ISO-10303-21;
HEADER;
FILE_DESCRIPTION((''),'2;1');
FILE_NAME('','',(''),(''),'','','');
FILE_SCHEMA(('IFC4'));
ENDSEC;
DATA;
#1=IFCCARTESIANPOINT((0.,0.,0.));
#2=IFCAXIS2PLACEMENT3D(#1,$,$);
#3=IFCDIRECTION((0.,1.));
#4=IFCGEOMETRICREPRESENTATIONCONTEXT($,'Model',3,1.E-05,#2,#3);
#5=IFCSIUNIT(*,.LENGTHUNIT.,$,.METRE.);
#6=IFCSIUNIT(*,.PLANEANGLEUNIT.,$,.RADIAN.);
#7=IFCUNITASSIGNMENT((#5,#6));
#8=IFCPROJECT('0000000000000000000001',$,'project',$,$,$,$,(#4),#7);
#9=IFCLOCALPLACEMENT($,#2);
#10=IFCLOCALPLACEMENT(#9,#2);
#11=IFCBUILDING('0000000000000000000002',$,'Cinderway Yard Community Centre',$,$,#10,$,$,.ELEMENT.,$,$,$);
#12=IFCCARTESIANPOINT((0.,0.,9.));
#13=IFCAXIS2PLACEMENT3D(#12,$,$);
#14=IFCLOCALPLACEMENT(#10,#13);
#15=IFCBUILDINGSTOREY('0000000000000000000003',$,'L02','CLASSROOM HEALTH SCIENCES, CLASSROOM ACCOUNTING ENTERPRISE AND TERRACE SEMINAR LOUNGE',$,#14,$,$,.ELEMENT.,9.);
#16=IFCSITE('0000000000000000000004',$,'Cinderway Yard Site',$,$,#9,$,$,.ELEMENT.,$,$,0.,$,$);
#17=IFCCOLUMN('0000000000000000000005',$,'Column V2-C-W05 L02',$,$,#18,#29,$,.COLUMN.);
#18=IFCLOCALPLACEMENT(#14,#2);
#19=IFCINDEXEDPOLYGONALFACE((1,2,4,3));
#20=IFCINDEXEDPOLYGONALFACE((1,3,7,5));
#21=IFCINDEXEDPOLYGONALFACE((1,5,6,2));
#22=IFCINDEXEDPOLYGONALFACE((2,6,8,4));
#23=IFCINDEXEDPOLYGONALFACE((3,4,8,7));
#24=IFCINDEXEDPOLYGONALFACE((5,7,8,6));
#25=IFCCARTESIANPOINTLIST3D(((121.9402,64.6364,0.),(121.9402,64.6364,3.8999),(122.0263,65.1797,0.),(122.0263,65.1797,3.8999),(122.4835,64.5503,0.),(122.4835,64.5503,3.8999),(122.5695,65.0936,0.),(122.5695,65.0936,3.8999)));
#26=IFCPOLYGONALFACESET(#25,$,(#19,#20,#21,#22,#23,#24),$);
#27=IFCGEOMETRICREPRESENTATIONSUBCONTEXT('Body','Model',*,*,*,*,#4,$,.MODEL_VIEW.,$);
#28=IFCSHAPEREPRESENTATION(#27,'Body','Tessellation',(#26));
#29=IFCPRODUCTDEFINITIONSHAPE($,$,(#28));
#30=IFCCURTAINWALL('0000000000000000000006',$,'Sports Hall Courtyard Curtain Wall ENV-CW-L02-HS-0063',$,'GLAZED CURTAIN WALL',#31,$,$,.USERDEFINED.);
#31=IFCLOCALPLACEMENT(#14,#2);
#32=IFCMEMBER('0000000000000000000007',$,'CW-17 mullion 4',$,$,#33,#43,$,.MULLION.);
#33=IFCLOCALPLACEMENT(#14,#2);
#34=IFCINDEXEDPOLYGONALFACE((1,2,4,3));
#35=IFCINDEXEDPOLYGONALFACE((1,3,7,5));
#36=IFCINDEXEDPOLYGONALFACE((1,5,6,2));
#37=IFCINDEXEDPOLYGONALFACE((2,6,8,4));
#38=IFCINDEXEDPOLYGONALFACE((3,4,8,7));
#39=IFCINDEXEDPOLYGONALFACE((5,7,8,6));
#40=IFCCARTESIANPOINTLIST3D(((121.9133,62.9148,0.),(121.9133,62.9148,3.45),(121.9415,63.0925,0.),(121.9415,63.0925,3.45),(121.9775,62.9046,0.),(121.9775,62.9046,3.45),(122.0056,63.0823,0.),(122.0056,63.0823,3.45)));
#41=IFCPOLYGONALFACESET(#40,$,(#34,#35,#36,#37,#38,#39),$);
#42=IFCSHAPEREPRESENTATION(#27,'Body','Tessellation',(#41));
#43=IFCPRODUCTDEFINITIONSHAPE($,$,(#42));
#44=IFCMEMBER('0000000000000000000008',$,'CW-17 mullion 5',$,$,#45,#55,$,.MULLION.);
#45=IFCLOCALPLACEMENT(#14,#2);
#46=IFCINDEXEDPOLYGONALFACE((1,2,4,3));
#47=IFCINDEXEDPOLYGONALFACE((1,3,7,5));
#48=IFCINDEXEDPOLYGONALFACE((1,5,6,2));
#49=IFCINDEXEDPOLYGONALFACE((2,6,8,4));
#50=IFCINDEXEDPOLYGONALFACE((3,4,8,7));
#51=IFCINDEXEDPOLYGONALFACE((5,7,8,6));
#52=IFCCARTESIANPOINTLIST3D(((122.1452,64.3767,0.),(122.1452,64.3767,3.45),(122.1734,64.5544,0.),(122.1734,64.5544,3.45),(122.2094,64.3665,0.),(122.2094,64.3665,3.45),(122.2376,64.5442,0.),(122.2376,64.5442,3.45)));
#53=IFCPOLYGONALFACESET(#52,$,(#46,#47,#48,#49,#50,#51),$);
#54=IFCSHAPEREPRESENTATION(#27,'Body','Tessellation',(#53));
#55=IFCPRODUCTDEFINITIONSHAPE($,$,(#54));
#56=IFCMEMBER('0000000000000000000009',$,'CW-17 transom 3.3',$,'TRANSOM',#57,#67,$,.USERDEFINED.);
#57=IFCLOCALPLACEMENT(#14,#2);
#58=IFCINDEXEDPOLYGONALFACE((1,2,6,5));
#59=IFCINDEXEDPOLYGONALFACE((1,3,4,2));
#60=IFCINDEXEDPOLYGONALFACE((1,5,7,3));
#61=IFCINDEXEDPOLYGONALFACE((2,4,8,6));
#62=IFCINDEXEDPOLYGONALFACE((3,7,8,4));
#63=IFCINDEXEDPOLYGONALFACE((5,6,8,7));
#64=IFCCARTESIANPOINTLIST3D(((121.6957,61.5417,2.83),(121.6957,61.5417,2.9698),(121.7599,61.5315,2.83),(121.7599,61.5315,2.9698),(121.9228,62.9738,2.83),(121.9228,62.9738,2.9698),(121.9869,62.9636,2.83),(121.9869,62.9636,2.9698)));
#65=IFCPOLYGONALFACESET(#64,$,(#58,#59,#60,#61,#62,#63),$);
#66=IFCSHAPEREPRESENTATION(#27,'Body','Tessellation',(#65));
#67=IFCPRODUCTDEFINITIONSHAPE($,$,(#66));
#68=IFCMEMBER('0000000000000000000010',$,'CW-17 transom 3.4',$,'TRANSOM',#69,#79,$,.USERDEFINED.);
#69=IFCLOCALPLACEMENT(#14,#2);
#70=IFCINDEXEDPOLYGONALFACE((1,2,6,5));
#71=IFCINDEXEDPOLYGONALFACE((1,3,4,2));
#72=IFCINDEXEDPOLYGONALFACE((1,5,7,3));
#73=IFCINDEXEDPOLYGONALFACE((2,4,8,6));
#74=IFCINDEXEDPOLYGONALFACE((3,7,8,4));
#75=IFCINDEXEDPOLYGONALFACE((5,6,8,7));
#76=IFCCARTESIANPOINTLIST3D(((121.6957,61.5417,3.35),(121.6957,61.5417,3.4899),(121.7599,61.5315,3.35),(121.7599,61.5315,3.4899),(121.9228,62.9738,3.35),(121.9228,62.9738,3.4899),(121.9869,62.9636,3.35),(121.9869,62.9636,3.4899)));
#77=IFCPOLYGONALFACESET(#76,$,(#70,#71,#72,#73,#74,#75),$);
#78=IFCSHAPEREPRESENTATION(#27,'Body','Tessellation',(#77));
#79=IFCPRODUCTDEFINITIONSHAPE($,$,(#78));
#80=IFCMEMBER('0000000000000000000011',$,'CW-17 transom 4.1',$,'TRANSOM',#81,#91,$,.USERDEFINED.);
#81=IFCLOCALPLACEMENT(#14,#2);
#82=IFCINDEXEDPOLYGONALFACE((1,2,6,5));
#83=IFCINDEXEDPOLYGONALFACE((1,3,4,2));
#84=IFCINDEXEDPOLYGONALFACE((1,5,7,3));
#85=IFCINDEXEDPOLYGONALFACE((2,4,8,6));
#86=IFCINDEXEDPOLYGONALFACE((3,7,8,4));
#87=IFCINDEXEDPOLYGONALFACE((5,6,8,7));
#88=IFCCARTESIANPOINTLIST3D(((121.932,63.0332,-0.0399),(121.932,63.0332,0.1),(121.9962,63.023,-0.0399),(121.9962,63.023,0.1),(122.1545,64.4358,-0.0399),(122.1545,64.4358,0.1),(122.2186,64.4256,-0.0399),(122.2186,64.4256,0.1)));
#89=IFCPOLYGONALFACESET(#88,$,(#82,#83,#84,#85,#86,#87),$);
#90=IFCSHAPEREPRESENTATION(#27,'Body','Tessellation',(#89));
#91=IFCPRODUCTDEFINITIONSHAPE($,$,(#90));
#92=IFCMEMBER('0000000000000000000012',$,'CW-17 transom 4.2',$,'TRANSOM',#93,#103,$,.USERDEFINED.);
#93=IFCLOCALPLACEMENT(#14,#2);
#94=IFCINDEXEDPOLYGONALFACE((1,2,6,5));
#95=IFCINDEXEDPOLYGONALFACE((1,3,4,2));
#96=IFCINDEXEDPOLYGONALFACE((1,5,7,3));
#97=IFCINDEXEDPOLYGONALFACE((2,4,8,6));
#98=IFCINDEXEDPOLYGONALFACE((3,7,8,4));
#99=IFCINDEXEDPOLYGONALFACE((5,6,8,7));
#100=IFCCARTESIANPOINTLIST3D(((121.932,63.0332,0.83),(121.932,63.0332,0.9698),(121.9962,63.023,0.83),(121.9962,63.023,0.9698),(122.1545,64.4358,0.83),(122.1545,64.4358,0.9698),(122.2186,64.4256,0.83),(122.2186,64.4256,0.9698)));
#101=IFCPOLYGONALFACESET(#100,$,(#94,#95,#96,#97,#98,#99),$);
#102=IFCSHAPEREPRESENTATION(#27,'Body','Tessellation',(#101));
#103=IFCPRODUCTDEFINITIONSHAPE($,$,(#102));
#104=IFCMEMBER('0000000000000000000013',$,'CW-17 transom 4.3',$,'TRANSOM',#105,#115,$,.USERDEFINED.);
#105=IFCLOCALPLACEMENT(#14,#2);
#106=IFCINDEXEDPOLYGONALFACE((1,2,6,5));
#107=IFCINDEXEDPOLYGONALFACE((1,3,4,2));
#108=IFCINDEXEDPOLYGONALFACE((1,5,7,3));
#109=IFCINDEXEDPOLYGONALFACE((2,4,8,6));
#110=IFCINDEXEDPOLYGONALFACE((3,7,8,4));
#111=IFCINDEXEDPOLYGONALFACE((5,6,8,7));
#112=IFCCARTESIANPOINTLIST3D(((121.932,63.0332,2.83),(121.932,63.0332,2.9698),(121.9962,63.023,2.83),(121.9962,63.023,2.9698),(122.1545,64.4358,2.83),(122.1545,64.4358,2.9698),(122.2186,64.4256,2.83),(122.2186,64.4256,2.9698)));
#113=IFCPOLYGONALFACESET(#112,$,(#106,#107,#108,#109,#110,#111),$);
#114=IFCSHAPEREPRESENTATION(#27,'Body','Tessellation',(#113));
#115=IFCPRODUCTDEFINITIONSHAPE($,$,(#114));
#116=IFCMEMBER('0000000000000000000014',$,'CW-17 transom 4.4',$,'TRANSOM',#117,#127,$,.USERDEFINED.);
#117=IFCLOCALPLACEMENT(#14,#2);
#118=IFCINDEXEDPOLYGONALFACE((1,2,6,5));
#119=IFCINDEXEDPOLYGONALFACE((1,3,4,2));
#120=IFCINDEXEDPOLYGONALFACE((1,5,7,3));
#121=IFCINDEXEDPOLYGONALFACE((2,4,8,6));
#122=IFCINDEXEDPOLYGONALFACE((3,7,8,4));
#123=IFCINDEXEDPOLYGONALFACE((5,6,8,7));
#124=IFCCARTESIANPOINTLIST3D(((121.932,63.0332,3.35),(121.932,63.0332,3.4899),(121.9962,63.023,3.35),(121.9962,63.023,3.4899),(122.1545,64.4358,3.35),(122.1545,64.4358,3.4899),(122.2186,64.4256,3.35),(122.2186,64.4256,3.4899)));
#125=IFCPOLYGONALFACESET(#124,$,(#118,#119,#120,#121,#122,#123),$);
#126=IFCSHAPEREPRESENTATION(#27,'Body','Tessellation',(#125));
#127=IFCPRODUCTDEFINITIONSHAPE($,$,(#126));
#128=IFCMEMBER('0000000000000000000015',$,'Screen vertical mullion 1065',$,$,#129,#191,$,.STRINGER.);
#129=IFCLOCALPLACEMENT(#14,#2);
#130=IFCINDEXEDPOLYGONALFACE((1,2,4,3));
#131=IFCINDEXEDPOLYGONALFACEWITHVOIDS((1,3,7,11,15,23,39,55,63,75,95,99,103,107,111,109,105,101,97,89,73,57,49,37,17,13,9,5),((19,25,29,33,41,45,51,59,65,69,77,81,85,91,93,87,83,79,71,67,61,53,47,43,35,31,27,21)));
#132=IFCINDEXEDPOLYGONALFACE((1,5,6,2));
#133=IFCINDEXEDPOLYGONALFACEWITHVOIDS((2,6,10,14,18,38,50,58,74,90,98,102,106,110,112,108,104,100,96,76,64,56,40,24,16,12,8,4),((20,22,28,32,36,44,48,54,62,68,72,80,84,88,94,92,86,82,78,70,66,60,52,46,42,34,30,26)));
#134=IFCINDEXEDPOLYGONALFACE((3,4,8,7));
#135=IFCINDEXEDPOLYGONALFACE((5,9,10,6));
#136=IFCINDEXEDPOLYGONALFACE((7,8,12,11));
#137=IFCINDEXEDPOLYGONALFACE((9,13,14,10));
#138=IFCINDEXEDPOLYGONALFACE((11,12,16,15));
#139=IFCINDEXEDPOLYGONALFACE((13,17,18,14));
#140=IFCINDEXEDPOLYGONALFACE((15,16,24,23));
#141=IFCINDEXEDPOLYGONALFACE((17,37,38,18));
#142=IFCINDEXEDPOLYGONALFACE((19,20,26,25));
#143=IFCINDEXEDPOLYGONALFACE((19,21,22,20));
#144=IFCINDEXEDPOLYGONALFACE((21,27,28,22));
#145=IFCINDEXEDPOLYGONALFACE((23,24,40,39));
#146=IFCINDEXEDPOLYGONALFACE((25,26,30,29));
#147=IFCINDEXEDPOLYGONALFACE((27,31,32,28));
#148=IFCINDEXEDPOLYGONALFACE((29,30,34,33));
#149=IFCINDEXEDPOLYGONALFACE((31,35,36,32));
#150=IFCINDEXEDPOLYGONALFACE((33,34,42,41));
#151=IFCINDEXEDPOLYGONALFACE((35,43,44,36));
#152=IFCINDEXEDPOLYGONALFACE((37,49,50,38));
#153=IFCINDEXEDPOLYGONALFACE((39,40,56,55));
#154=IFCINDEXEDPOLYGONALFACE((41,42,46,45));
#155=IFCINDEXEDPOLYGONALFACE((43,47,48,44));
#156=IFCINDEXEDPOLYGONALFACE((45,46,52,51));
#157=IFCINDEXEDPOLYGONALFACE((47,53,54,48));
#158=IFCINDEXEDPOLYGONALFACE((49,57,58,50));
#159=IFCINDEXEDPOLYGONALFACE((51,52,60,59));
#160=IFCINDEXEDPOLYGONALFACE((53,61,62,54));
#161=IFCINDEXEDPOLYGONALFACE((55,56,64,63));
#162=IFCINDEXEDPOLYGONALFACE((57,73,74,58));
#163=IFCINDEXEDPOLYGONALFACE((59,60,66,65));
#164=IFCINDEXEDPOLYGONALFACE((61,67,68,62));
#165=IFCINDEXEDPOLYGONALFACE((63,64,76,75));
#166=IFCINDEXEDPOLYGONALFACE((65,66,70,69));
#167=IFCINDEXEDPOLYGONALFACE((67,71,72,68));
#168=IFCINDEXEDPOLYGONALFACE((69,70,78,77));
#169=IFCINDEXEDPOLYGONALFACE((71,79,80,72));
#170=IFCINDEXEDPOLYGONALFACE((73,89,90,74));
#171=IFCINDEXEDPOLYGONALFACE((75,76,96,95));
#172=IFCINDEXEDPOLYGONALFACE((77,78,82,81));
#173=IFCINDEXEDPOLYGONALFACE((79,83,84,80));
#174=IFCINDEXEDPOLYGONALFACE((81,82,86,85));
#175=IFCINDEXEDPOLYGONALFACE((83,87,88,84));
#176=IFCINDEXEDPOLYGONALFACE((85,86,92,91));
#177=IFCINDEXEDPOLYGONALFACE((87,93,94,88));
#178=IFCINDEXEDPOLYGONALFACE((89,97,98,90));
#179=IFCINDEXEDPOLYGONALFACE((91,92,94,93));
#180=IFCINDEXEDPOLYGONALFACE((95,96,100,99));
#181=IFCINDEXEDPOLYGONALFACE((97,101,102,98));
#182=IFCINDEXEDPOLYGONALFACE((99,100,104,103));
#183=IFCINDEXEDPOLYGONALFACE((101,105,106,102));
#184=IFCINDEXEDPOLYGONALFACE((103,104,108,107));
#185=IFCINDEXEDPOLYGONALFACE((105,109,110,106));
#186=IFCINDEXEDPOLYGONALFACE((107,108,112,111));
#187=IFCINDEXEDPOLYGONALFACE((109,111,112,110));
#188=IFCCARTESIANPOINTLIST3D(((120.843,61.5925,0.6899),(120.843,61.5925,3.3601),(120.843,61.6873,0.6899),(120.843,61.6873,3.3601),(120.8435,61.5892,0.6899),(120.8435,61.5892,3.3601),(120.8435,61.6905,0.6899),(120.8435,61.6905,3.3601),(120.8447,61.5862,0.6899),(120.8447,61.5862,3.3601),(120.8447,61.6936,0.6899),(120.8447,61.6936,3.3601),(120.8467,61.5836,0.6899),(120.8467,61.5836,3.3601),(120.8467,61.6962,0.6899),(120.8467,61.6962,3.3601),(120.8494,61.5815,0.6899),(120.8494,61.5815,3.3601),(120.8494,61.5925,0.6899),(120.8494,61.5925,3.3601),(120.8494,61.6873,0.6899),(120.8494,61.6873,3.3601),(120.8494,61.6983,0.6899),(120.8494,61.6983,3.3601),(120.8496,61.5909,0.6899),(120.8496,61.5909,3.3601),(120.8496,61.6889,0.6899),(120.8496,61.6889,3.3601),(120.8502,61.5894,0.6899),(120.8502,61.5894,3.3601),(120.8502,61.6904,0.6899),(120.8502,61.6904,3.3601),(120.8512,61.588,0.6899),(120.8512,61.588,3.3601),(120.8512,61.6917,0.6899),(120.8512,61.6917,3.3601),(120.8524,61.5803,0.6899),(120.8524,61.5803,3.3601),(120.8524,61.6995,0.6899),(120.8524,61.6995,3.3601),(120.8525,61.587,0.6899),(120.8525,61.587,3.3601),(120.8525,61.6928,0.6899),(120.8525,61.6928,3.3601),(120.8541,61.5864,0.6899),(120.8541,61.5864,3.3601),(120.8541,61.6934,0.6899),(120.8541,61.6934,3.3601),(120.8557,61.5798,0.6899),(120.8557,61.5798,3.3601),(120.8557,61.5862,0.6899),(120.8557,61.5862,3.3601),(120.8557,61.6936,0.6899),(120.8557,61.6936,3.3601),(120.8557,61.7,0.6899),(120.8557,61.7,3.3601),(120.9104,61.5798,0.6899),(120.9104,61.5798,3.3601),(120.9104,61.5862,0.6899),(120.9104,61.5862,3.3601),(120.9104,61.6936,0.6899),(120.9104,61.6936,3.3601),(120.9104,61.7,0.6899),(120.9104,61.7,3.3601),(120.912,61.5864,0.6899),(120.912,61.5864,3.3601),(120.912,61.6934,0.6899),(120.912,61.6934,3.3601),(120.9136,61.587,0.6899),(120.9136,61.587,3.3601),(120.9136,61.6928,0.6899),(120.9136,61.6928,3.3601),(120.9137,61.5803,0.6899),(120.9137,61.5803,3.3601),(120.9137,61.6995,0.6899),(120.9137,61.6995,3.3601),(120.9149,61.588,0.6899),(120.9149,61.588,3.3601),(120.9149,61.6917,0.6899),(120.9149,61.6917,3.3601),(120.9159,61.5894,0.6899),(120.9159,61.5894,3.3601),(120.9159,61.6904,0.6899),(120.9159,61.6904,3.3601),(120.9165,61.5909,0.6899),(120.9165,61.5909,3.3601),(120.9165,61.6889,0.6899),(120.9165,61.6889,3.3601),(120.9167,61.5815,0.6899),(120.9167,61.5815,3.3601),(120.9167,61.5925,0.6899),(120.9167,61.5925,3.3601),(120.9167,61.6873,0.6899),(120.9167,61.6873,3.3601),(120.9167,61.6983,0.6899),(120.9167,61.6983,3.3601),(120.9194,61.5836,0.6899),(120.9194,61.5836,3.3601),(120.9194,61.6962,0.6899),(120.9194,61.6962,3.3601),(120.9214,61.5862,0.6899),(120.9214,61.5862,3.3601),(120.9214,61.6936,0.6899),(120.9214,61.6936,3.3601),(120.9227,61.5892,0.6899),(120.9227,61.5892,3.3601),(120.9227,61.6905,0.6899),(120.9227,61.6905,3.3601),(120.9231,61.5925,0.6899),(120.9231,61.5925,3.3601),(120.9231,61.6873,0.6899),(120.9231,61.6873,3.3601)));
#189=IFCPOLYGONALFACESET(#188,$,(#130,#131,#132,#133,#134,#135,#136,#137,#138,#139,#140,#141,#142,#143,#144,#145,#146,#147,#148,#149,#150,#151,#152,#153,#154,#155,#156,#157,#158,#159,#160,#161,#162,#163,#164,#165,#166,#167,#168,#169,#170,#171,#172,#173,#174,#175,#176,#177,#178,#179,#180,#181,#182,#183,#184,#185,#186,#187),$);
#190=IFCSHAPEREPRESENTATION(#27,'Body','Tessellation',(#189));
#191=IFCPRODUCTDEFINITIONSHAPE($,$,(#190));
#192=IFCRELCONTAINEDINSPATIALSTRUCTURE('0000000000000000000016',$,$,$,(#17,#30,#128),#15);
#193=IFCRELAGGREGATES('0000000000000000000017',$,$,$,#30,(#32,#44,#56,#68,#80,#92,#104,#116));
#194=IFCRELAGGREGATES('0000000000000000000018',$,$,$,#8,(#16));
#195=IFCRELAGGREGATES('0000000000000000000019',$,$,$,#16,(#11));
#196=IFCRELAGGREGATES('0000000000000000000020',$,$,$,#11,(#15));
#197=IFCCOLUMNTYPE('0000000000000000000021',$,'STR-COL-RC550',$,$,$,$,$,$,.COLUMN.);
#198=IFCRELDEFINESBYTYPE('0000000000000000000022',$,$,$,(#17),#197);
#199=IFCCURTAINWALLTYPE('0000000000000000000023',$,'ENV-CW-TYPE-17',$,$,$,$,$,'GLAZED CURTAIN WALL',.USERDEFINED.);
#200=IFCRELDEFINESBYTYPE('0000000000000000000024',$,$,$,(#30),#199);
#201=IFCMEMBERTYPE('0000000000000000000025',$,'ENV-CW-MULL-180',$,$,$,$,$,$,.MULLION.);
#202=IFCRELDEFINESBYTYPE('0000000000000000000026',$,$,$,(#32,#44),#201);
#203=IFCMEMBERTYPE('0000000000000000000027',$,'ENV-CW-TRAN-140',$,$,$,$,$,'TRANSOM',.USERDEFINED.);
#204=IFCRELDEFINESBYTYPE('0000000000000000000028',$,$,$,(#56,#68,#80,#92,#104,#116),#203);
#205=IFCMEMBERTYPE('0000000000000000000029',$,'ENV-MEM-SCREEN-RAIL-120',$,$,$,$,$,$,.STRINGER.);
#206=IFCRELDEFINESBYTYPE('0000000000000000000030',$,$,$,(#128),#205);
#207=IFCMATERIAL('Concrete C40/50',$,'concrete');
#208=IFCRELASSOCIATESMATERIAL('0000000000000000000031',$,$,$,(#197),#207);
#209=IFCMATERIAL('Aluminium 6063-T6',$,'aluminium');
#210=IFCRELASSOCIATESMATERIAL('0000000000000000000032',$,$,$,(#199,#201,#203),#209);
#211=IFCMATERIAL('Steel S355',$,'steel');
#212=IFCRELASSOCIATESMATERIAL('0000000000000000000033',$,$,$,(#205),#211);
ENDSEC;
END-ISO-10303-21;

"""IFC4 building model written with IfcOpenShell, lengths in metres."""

from ifc_helpers import new_model, si_unit, direction, frame, origin, origin_2d, place, context, subcontext, project, spatial, rectangle, hollow_rectangle, extrude, material, material_profile, profile_set, type_object, element, aggregate, save


model = new_model("IFC4")

# Units and contexts
model_context = context("Model", 3, precision=1e-05, world=origin(), true_north=direction((0.0, 1.0)))
body_context = subcontext(model_context, "Body", "Model", "MODEL_VIEW")
ifc_project = project(units=[si_unit("LENGTHUNIT", "METRE"), si_unit("PLANEANGLEUNIT", "RADIAN")], contexts=[model_context])

# Site, building, storey
site_placement = place(None, origin())
site = spatial("IfcSite", under=ifc_project, at=site_placement, Name="Cinderway Yard Site", CompositionType="ELEMENT", RefElevation=0.0)
building_placement = place(site_placement, origin())
building = spatial("IfcBuilding", under=site, at=building_placement, Name="Cinderway Yard Community Centre", CompositionType="ELEMENT")
storey_placement = place(building_placement, frame((0.0, 0.0, 9.0)))
storey = spatial("IfcBuildingStorey", under=building, at=storey_placement, Name="L02", Description="CLASSROOM HEALTH SCIENCES, CLASSROOM ACCOUNTING ENTERPRISE AND TERRACE SEMINAR LOUNGE", CompositionType="ELEMENT", Elevation=9.0)

# Column
ifc_material_1 = material(Name="Concrete C40/50", Category="concrete")
ifc_material_profile_1 = material_profile(ifc_material_1, rectangle(XDim=0.55, YDim=0.55, at=origin_2d()), Name="Concrete C40/50")
ifc_profile_set_1 = profile_set([ifc_material_profile_1], Name="Concrete C40/50")
column_type = type_object("IfcColumnType", Name="STR-COL-RC550", PredefinedType="COLUMN", material=ifc_profile_set_1)
column_placement = place(storey_placement, frame((122.2549, 64.865, 0.0), z_axis=(0.0, 0.0, 1.0), x_axis=(0.987688, -0.156434, 0.0)))
element("IfcColumn", 1, at=column_placement, inside=storey, type_object=column_type, Name="Column V2-C-W05 L02", PredefinedType="COLUMN", context=body_context, shape_type="SweptSolid", body=[
    extrude(rectangle(XDim=0.55, YDim=0.55, at=origin_2d()), origin(), (0.0, 0.0, 1.0), 3.8999),
])

# Curtain wall, members
ifc_material_2 = material(Name="Aluminium 6063-T6", Category="aluminium")
curtain_wall_type = type_object("IfcCurtainWallType", Name="ENV-CW-TYPE-17", ElementType="GLAZED CURTAIN WALL", PredefinedType="USERDEFINED", material=ifc_material_2)
curtain_wall_placement = place(storey_placement, origin())
curtain_wall = element("IfcCurtainWall", 2, at=curtain_wall_placement, inside=storey, type_object=curtain_wall_type, Name="Sports Hall Courtyard Curtain Wall ENV-CW-L02-HS-0063", ObjectType="GLAZED CURTAIN WALL", PredefinedType="USERDEFINED")
ifc_material_profile_2 = material_profile(ifc_material_2, rectangle(XDim=0.0649, YDim=0.1799, at=origin_2d()), Name="Aluminium 6063-T6")
ifc_profile_set_2 = profile_set([ifc_material_profile_2], Name="Aluminium 6063-T6")
member_type_1 = type_object("IfcMemberType", Name="ENV-CW-MULL-180", PredefinedType="MULLION", material=ifc_profile_set_2)
member_1_placement = place(storey_placement, frame((121.9595, 62.9985, 0.0), z_axis=(0.0, 0.0, 1.0), x_axis=(-0.987661, 0.156609, 0.0)))
member_1 = element("IfcMember", 3, at=member_1_placement, type_object=member_type_1, Name="CW-17 mullion 4", PredefinedType="MULLION", context=body_context, shape_type="SweptSolid", body=[
    extrude(rectangle(XDim=0.0649, YDim=0.1799, at=origin_2d()), origin(), (0.0, 0.0, 1.0), 3.45),
])
member_2_placement = place(storey_placement, frame((122.1914, 64.4604, 0.0), z_axis=(0.0, 0.0, 1.0), x_axis=(-0.987661, 0.156609, 0.0)))
member_2 = element("IfcMember", 4, at=member_2_placement, type_object=member_type_1, Name="CW-17 mullion 5", PredefinedType="MULLION", context=body_context, shape_type="SweptSolid", body=[
    extrude(rectangle(XDim=0.0649, YDim=0.1799, at=origin_2d()), origin(), (0.0, 0.0, 1.0), 3.45),
])
ifc_material_profile_3 = material_profile(ifc_material_2, rectangle(XDim=0.0649, YDim=0.1399, at=origin_2d()), Name="Aluminium 6063-T6")
ifc_profile_set_3 = profile_set([ifc_material_profile_3], Name="Aluminium 6063-T6")
member_type_2 = type_object("IfcMemberType", Name="ENV-CW-TRAN-140", ElementType="TRANSOM", PredefinedType="USERDEFINED", material=ifc_profile_set_3)
member_3_placement = place(storey_placement, frame((121.7278, 61.5366, 2.8999), z_axis=(0.156585, 0.987664, 0.0), x_axis=(-0.987664, 0.156585, 0.0)))
member_3 = element("IfcMember", 5, at=member_3_placement, type_object=member_type_2, Name="CW-17 transom 3.3", ObjectType="TRANSOM", PredefinedType="USERDEFINED", context=body_context, shape_type="SweptSolid", body=[
    extrude(rectangle(XDim=0.0649, YDim=0.1399, at=origin_2d()), origin(), (0.0, 0.0, 1.0), 1.45),
])
member_4_placement = place(storey_placement, frame((121.7278, 61.5366, 3.4199), z_axis=(0.156585, 0.987664, 0.0), x_axis=(-0.987664, 0.156585, 0.0)))
member_4 = element("IfcMember", 6, at=member_4_placement, type_object=member_type_2, Name="CW-17 transom 3.4", ObjectType="TRANSOM", PredefinedType="USERDEFINED", context=body_context, shape_type="SweptSolid", body=[
    extrude(rectangle(XDim=0.0649, YDim=0.1399, at=origin_2d()), origin(), (0.0, 0.0, 1.0), 1.45),
])
member_5_placement = place(storey_placement, frame((121.9641, 63.0281, 0.03), z_axis=(0.156616, 0.98766, 0.0), x_axis=(-0.98766, 0.156616, 0.0)))
member_5 = element("IfcMember", 7, at=member_5_placement, type_object=member_type_2, Name="CW-17 transom 4.1", ObjectType="TRANSOM", PredefinedType="USERDEFINED", context=body_context, shape_type="SweptSolid", body=[
    extrude(rectangle(XDim=0.0649, YDim=0.1399, at=origin_2d()), origin(), (0.0, 0.0, 1.0), 1.4202),
])
member_6_placement = place(storey_placement, frame((121.9641, 63.0281, 0.8999), z_axis=(0.156616, 0.98766, 0.0), x_axis=(-0.98766, 0.156616, 0.0)))
member_6 = element("IfcMember", 8, at=member_6_placement, type_object=member_type_2, Name="CW-17 transom 4.2", ObjectType="TRANSOM", PredefinedType="USERDEFINED", context=body_context, shape_type="SweptSolid", body=[
    extrude(rectangle(XDim=0.0649, YDim=0.1399, at=origin_2d()), origin(), (0.0, 0.0, 1.0), 1.4202),
])
member_7_placement = place(storey_placement, frame((121.9641, 63.0281, 2.8999), z_axis=(0.156616, 0.98766, 0.0), x_axis=(-0.98766, 0.156616, 0.0)))
member_7 = element("IfcMember", 9, at=member_7_placement, type_object=member_type_2, Name="CW-17 transom 4.3", ObjectType="TRANSOM", PredefinedType="USERDEFINED", context=body_context, shape_type="SweptSolid", body=[
    extrude(rectangle(XDim=0.0649, YDim=0.1399, at=origin_2d()), origin(), (0.0, 0.0, 1.0), 1.4202),
])
member_8_placement = place(storey_placement, frame((121.9641, 63.0281, 3.4199), z_axis=(0.156616, 0.98766, 0.0), x_axis=(-0.98766, 0.156616, 0.0)))
member_8 = element("IfcMember", 10, at=member_8_placement, type_object=member_type_2, Name="CW-17 transom 4.4", ObjectType="TRANSOM", PredefinedType="USERDEFINED", context=body_context, shape_type="SweptSolid", body=[
    extrude(rectangle(XDim=0.0649, YDim=0.1399, at=origin_2d()), origin(), (0.0, 0.0, 1.0), 1.4202),
])

# Member
ifc_material_3 = material(Name="Steel S355", Category="steel")
ifc_material_profile_4 = material_profile(ifc_material_3, hollow_rectangle(XDim=0.0801, YDim=0.1201, WallThickness=0.0063, InnerFilletRadius=0.0063, OuterFilletRadius=0.0127, at=origin_2d()), Name="Steel S355")
ifc_profile_set_4 = profile_set([ifc_material_profile_4], Name="Steel S355")
member_type_3 = type_object("IfcMemberType", Name="ENV-MEM-SCREEN-RAIL-120", PredefinedType="STRINGER", material=ifc_profile_set_4)
for number, where, z_axis, x_axis, name in (
    (11, (120.8831, 61.6399, 0.6899), (0.0, 0.0, 1.0), (1.0, 0.0, 0.0), "Screen vertical mullion 1065"),
):
    element("IfcMember", number, at=place(storey_placement, frame(where, z_axis=z_axis, x_axis=x_axis)), inside=storey, type_object=member_type_3, Name=name, PredefinedType="STRINGER", context=body_context, shape_type="SweptSolid", body=[
        extrude(hollow_rectangle(XDim=0.0801, YDim=0.1201, WallThickness=0.0063, InnerFilletRadius=0.0063, OuterFilletRadius=0.0127, at=origin_2d()), origin(), (0.0, 0.0, 1.0), 2.6702),
    ])

aggregate(curtain_wall, [member_1, member_2, member_3, member_4, member_5, member_6, member_7, member_8])

save(model, "model.ifc")
